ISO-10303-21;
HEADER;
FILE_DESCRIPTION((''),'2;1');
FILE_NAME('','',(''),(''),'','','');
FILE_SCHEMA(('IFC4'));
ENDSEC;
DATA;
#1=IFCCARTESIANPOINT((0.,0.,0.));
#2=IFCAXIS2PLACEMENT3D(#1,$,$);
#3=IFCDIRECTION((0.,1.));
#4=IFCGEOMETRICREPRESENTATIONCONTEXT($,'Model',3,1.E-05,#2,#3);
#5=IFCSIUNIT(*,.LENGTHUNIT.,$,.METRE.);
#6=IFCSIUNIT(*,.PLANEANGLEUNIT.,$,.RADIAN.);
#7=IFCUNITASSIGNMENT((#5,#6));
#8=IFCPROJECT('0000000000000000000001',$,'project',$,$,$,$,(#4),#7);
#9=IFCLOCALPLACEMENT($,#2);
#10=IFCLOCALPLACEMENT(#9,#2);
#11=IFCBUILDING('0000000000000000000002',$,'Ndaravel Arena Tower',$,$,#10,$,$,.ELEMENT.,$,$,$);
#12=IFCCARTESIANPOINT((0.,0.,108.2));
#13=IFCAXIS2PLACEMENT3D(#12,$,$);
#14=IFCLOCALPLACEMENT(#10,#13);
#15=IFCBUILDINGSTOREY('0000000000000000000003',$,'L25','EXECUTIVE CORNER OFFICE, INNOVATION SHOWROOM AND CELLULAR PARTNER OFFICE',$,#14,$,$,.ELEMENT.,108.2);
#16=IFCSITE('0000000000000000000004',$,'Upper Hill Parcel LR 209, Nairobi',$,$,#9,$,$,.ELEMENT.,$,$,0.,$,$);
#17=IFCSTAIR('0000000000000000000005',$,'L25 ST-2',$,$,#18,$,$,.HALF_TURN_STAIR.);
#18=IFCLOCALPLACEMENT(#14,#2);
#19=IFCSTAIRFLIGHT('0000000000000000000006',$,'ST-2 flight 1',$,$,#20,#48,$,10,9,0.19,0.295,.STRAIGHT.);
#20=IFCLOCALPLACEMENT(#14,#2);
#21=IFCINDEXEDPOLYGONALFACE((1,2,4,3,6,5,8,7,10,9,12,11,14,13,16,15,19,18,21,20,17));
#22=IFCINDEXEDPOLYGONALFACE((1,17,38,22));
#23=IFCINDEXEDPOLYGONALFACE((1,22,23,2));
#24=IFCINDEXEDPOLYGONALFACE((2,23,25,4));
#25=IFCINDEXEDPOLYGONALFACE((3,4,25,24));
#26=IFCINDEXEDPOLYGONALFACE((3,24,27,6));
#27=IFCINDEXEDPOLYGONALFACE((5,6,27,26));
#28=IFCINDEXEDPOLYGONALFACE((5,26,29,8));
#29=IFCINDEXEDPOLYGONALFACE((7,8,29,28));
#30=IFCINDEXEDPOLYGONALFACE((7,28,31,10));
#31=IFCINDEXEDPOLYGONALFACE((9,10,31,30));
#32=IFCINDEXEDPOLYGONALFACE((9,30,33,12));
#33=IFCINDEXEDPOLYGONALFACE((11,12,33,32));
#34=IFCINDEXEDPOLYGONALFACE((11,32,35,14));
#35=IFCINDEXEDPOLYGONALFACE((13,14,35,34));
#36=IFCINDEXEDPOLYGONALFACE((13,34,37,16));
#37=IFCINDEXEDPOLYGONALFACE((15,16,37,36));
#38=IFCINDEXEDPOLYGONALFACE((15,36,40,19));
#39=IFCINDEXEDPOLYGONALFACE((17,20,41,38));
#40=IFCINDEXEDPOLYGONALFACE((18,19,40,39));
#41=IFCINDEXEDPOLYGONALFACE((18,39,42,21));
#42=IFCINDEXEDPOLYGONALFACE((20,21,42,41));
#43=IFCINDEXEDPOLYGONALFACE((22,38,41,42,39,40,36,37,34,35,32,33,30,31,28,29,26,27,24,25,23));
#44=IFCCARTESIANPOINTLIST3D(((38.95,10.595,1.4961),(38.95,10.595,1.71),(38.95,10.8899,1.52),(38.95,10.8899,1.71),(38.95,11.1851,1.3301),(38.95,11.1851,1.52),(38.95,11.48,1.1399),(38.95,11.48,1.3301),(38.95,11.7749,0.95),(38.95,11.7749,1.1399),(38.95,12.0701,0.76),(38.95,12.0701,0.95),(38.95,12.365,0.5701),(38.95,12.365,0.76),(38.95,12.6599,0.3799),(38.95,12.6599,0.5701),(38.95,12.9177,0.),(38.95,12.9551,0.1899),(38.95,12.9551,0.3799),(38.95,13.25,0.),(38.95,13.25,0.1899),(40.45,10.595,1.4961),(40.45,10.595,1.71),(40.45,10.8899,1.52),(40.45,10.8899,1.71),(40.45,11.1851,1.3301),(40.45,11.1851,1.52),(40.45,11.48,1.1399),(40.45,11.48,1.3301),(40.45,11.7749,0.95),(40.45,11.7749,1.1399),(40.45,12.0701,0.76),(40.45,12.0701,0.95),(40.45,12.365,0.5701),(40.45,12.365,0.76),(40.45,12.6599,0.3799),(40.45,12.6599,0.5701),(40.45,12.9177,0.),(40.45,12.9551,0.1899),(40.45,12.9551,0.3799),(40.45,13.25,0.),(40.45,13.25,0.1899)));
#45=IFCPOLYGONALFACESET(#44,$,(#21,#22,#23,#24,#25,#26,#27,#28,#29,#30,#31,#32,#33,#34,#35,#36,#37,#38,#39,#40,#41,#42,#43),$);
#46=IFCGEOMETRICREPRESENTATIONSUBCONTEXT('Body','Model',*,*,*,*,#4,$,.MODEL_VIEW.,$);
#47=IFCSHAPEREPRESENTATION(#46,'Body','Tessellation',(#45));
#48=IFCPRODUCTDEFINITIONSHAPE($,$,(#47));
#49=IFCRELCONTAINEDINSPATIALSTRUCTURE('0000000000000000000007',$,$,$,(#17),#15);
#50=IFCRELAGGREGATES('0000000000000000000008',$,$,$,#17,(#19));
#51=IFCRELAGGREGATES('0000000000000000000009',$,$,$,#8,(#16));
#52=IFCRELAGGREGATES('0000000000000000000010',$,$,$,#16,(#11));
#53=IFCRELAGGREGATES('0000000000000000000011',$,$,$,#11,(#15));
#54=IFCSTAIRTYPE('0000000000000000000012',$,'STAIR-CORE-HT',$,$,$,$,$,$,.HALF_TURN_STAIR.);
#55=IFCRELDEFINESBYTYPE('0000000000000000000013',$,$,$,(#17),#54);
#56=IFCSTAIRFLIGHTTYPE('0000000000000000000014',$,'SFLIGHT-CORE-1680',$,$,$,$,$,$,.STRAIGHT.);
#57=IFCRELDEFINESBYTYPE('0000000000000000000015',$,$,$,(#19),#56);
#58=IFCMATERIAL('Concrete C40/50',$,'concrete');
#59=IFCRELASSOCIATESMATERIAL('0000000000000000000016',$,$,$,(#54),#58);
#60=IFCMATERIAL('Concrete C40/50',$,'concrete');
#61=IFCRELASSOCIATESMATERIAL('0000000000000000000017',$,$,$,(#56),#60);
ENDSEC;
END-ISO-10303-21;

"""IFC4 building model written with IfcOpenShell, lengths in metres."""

from ifc_helpers import new_model, si_unit, direction, frame, origin, place, context, subcontext, project, spatial, polyline, outline, extrude, material, type_object, element, aggregate, save


model = new_model("IFC4")

# Units and contexts
model_context = context("Model", 3, precision=1e-05, world=origin(), true_north=direction((0.0, 1.0)))
body_context = subcontext(model_context, "Body", "Model", "MODEL_VIEW")
ifc_project = project(units=[si_unit("LENGTHUNIT", "METRE"), si_unit("PLANEANGLEUNIT", "RADIAN")], contexts=[model_context])

# Site, building, storey
site_placement = place(None, origin())
site = spatial("IfcSite", under=ifc_project, at=site_placement, Name="Upper Hill Parcel LR 209, Nairobi", CompositionType="ELEMENT", RefElevation=0.0)
building_placement = place(site_placement, origin())
building = spatial("IfcBuilding", under=site, at=building_placement, Name="Ndaravel Arena Tower", CompositionType="ELEMENT")
storey_placement = place(building_placement, frame((0.0, 0.0, 108.2)))
storey = spatial("IfcBuildingStorey", under=building, at=storey_placement, Name="L25", Description="EXECUTIVE CORNER OFFICE, INNOVATION SHOWROOM AND CELLULAR PARTNER OFFICE", CompositionType="ELEMENT", Elevation=108.2)

# Stair, stair flight
ifc_material_1 = material(Name="Concrete C40/50", Category="concrete")
stair_type = type_object("IfcStairType", Name="STAIR-CORE-HT", PredefinedType="HALF_TURN_STAIR", material=ifc_material_1)
stair_placement = place(storey_placement, origin())
stair = element("IfcStair", 1, at=stair_placement, inside=storey, type_object=stair_type, Name="L25 ST-2", PredefinedType="HALF_TURN_STAIR")
ifc_material_2 = material(Name="Concrete C40/50", Category="concrete")
stair_flight_type = type_object("IfcStairFlightType", Name="SFLIGHT-CORE-1680", PredefinedType="STRAIGHT", material=ifc_material_2)
stair_flight_placement = place(storey_placement, frame((39.7, 13.25, 0.0), z_axis=(0.0, 0.0, 1.0), x_axis=(0.0, -1.0, 0.0)))
stair_flight = element("IfcStairFlight", 2, at=stair_flight_placement, type_object=stair_flight_type, Name="ST-2 flight 1", NumberOfRisers=10, NumberOfTreads=9, PredefinedType="STRAIGHT", RiserHeight=0.19, TreadLength=0.295, context=body_context, shape_type="SweptSolid", body=[
    extrude(outline(polyline([(0.0, 0.0), (0.0, 0.1899), (0.2949, 0.1899), (0.2949, 0.3799), (0.5901, 0.3799), (0.5901, 0.5701), (0.885, 0.5701), (0.885, 0.76), (1.1799, 0.76), (1.1799, 0.95), (1.4751, 0.95), (1.4751, 1.1399), (1.77, 1.1399), (1.77, 1.3301), (2.0649, 1.3301), (2.0649, 1.52), (2.3601, 1.52), (2.3601, 1.71), (2.655, 1.71), (2.655, 1.8999), (2.655, 1.4961), (0.3323, 0.0), (0.0, 0.0)])), frame((0.0, 0.75, 0.0), z_axis=(0.0, -1.0, 0.0), x_axis=(1.0, 0.0, 0.0)), (0.0, 0.0, 1.0), 1.5),
])
aggregate(stair, [stair_flight])

save(model, "model.ifc")
